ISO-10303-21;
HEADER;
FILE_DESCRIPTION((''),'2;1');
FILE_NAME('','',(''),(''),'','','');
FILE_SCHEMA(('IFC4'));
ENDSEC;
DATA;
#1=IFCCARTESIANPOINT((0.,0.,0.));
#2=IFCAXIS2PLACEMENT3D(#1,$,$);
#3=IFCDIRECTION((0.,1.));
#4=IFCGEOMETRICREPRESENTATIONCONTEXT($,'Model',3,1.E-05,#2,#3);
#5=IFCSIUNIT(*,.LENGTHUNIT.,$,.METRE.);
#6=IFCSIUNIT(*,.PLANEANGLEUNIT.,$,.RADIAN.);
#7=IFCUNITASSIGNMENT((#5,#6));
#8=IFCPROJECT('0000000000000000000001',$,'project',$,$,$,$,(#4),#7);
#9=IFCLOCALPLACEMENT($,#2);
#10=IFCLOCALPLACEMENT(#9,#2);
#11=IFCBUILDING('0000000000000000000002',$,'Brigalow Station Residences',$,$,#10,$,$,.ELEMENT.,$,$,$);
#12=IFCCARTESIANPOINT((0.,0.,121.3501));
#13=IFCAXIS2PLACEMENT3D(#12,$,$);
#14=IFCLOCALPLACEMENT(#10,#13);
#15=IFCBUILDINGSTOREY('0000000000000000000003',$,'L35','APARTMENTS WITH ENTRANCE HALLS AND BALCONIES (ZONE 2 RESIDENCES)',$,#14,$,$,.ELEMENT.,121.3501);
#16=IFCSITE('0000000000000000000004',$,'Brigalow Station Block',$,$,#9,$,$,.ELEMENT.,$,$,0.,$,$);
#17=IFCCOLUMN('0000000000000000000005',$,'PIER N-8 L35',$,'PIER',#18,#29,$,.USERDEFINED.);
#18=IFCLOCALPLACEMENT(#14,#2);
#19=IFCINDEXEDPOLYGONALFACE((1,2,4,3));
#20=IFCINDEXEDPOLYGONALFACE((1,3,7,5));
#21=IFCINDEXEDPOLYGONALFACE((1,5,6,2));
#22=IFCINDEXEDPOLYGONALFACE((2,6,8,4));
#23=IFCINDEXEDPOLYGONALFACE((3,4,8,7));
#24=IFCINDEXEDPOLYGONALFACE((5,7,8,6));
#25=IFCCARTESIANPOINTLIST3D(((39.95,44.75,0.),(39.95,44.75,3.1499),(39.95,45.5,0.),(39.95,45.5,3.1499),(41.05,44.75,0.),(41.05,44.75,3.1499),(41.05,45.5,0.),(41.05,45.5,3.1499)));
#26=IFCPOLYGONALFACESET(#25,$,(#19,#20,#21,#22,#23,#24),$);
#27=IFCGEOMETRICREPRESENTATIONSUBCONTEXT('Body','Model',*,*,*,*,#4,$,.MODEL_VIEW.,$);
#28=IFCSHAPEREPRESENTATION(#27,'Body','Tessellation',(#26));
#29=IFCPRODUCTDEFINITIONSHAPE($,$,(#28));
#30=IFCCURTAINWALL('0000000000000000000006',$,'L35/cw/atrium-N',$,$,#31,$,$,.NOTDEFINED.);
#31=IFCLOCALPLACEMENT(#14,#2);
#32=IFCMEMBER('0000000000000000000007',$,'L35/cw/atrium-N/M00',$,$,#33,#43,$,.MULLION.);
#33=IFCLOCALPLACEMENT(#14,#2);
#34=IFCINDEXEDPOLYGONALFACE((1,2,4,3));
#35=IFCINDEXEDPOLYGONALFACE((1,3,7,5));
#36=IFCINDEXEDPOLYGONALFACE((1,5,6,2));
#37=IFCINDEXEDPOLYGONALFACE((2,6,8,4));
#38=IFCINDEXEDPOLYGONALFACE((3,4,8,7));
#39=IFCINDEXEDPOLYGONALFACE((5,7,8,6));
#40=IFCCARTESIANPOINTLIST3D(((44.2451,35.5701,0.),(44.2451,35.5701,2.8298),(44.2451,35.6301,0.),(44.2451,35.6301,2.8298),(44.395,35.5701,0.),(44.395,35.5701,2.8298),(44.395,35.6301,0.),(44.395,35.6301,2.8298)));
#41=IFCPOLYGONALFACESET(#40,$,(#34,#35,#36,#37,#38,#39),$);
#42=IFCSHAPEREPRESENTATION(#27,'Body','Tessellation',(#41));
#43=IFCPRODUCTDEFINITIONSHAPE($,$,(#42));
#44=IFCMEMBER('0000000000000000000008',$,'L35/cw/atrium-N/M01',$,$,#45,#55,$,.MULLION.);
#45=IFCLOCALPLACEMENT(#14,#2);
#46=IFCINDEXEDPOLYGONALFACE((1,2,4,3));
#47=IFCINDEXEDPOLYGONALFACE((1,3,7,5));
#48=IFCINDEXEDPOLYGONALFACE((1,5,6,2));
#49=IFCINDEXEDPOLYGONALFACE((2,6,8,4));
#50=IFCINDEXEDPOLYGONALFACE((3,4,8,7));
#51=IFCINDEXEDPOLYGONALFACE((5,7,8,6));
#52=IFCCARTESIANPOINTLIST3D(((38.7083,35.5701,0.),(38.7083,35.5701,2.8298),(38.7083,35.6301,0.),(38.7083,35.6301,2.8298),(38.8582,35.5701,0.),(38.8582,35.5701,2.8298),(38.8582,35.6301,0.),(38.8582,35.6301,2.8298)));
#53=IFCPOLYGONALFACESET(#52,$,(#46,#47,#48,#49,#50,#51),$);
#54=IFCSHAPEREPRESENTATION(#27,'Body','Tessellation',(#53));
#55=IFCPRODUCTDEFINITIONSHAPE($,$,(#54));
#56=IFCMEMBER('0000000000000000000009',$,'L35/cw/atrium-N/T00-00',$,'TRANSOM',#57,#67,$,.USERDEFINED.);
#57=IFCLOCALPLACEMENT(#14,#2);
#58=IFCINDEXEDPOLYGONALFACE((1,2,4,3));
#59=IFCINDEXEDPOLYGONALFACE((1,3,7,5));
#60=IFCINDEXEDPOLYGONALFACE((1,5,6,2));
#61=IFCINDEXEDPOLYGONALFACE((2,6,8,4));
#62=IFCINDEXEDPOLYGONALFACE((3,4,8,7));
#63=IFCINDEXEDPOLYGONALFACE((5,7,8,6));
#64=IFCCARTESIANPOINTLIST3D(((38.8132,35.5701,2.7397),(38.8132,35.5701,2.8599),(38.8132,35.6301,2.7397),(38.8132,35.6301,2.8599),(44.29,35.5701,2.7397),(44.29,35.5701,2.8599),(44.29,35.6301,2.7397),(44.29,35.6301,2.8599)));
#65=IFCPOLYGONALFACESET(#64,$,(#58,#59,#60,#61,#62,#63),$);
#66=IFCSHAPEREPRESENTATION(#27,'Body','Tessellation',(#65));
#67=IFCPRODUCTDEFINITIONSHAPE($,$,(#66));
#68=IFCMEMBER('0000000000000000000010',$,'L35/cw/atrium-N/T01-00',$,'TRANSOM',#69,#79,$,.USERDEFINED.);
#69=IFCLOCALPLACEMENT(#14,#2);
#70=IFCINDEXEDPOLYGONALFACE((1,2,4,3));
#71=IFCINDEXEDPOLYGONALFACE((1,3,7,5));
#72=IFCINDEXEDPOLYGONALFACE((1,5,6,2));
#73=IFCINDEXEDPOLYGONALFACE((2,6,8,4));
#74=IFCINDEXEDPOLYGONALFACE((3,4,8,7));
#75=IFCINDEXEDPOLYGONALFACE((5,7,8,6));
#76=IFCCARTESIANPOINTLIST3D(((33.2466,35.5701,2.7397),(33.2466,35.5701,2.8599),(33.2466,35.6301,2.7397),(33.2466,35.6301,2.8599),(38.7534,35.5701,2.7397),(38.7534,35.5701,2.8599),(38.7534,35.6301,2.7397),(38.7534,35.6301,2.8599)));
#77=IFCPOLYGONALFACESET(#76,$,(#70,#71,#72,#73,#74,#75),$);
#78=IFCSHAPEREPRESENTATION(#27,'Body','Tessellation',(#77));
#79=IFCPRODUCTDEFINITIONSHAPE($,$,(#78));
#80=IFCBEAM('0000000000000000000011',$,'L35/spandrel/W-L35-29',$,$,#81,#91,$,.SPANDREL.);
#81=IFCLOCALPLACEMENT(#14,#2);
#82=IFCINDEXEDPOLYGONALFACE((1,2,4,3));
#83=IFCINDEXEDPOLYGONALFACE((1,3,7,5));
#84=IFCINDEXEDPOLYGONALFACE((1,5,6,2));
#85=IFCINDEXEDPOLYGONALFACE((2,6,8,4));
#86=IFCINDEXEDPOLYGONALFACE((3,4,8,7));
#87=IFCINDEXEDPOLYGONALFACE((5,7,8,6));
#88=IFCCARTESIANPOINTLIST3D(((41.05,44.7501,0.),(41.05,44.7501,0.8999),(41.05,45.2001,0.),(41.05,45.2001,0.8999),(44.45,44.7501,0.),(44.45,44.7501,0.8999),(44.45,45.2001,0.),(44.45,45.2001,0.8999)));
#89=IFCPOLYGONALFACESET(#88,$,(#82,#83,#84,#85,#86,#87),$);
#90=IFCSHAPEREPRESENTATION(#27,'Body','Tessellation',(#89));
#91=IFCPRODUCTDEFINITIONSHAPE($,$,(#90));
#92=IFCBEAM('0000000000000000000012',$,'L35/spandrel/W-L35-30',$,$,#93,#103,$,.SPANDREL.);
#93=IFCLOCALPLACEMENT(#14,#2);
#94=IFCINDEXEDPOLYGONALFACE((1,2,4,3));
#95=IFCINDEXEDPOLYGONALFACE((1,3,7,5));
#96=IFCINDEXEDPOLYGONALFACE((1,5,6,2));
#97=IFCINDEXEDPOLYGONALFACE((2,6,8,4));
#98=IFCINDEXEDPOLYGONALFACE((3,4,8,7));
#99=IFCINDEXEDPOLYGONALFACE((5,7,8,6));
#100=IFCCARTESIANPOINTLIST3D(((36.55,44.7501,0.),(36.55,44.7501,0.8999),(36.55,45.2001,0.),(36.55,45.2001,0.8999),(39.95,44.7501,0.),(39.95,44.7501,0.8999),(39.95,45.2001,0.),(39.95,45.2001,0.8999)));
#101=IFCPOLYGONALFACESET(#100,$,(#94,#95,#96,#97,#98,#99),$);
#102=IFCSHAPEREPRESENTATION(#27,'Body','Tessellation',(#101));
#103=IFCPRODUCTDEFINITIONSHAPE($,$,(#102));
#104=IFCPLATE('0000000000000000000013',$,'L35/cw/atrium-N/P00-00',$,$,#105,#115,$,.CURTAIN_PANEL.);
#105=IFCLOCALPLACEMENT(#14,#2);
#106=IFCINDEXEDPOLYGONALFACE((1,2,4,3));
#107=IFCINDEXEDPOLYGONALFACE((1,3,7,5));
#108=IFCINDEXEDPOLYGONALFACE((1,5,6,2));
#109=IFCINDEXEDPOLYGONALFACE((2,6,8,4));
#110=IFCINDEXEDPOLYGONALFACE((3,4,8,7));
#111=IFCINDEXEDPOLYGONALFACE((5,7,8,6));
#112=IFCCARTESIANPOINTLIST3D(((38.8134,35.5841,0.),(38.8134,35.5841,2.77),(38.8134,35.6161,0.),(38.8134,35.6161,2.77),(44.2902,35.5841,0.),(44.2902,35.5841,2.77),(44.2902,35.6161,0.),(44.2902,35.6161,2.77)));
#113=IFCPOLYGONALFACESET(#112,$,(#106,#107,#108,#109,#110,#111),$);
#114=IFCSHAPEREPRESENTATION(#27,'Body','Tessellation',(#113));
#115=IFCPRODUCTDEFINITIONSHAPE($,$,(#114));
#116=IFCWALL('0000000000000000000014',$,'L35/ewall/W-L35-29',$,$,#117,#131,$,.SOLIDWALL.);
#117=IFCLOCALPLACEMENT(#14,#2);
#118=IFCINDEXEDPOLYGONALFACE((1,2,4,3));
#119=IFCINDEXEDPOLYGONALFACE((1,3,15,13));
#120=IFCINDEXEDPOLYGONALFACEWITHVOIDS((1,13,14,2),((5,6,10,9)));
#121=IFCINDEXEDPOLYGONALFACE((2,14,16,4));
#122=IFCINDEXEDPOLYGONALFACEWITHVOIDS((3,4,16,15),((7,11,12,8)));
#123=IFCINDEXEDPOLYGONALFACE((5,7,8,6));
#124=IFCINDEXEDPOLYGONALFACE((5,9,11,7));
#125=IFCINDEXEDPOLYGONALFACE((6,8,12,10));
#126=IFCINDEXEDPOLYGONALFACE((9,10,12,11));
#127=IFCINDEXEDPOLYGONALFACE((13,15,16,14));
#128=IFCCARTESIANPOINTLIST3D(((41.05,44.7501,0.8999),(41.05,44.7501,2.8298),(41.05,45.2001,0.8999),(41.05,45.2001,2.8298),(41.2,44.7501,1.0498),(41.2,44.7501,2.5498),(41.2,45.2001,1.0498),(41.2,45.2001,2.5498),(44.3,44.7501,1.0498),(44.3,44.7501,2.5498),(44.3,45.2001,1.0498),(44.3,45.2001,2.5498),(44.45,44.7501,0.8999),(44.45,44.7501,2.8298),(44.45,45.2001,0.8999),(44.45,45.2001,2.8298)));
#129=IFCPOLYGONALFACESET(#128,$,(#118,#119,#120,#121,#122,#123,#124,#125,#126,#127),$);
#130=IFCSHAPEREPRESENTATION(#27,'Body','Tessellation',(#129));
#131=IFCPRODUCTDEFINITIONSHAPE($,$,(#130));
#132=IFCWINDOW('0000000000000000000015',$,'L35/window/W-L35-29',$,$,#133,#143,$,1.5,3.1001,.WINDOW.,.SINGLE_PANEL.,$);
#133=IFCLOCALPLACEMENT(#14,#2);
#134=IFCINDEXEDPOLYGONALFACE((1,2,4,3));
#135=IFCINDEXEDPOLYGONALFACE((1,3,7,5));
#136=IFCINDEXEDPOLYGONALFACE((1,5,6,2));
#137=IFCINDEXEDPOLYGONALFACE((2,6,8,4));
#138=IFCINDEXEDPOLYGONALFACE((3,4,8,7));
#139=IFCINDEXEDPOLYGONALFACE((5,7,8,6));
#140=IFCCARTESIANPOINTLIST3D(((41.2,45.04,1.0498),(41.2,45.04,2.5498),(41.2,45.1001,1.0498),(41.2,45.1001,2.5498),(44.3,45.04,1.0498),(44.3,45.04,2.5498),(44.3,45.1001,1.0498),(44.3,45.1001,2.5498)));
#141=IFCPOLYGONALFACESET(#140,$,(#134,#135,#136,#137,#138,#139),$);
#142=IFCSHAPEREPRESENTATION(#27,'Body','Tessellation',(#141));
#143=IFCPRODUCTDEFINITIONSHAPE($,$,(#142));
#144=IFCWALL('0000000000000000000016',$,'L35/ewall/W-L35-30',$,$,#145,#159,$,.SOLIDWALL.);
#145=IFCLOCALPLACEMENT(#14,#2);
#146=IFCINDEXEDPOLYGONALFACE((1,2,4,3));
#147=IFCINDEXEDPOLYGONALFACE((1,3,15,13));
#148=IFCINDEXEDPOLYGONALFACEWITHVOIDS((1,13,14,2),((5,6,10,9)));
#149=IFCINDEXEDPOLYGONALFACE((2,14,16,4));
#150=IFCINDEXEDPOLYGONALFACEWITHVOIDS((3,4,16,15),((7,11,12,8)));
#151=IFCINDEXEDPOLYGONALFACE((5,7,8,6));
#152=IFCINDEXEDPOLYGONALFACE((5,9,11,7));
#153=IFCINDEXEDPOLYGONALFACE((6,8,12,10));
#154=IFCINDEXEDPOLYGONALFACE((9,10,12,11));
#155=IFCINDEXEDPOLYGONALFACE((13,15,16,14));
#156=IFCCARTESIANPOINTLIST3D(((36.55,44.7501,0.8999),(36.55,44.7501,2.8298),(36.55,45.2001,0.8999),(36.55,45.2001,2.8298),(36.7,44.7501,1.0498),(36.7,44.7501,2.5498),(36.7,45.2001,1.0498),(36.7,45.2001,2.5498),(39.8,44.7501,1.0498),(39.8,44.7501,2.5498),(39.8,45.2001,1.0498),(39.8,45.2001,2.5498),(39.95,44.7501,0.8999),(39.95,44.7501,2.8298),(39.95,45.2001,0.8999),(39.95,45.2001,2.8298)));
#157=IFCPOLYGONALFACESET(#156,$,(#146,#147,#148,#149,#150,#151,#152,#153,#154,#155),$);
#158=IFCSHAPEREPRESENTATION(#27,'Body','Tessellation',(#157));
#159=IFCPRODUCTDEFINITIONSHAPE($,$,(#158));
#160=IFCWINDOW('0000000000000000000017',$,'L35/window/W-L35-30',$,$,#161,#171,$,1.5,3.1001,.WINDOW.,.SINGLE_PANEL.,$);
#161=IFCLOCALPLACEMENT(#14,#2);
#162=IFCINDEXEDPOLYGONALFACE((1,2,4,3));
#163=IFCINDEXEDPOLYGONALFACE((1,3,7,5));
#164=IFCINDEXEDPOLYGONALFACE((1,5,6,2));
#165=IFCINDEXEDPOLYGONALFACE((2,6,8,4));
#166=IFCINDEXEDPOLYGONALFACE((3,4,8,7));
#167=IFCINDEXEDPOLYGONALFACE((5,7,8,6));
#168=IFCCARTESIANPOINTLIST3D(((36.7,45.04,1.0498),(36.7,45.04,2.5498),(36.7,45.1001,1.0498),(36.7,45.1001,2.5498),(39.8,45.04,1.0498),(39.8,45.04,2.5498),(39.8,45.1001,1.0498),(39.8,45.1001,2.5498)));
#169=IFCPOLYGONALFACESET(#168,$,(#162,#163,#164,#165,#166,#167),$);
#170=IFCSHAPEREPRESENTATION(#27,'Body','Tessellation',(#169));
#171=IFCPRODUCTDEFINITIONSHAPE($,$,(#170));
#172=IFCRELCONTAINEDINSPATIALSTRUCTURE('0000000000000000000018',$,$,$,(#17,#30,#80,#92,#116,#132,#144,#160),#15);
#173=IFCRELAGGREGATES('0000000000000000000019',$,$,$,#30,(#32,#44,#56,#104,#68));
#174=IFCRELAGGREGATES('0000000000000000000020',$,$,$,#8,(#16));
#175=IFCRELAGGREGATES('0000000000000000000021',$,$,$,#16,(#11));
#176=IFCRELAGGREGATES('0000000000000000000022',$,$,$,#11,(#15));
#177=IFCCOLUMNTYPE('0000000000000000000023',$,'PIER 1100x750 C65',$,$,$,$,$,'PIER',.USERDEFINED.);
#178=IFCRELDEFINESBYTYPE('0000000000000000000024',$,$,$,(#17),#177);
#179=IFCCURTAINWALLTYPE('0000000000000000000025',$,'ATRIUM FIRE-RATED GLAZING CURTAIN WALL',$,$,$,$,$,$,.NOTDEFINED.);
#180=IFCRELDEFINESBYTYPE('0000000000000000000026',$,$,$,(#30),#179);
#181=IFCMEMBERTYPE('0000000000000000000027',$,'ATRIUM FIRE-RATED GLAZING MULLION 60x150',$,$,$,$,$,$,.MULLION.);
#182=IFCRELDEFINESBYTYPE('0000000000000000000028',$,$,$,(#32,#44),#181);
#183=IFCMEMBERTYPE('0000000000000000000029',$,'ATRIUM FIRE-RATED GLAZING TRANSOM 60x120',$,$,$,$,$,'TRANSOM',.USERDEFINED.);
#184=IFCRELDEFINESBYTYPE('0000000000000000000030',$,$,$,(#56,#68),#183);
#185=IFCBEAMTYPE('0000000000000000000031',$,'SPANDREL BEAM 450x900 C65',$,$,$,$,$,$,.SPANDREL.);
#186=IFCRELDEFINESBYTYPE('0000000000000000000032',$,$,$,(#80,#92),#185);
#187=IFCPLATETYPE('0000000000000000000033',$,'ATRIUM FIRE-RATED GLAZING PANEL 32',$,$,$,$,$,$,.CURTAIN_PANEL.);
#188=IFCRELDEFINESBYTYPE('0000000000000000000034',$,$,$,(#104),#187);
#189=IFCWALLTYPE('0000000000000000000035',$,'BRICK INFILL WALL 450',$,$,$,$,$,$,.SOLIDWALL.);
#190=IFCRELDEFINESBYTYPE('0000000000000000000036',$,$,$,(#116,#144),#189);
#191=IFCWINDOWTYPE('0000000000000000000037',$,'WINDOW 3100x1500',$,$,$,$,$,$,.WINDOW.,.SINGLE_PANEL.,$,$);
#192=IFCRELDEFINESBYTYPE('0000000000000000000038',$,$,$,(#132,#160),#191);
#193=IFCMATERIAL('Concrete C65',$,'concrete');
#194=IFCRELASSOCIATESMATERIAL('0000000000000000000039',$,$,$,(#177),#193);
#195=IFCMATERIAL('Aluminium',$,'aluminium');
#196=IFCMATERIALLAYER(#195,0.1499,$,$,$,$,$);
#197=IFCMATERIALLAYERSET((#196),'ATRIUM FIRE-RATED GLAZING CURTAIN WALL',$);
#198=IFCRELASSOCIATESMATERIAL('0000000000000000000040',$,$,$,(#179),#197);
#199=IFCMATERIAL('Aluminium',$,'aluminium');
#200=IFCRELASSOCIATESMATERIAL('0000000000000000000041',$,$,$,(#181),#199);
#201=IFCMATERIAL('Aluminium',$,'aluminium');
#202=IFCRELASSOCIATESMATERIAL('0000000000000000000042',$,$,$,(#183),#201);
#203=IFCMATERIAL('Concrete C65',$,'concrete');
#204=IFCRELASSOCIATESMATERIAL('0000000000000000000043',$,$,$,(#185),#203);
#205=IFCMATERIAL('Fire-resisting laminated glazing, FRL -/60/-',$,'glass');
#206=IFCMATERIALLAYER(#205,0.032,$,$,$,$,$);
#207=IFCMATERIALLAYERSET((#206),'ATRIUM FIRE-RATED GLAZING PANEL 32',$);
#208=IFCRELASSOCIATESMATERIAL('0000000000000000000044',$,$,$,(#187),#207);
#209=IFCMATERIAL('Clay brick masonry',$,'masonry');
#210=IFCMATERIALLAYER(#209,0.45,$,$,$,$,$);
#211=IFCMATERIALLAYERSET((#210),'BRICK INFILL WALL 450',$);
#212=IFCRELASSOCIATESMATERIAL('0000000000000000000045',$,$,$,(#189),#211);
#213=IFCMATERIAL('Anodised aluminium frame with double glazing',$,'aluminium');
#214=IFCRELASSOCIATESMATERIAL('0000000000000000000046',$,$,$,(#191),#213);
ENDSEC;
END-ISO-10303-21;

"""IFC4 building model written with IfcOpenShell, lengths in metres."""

from ifc_helpers import new_model, si_unit, direction, frame, frame_2d, origin, origin_2d, place, context, subcontext, project, spatial, rectangle, extrude, material, layer, layer_set, material_profile, profile_set, type_object, element, fill, aggregate, save


model = new_model("IFC4")

# Units and contexts
model_context = context("Model", 3, precision=1e-05, world=origin(), true_north=direction((0.0, 1.0)))
body_context = subcontext(model_context, "Body", "Model", "MODEL_VIEW")
ifc_project = project(units=[si_unit("LENGTHUNIT", "METRE"), si_unit("PLANEANGLEUNIT", "RADIAN")], contexts=[model_context])

# Site, building, storey
site_placement = place(None, origin())
site = spatial("IfcSite", under=ifc_project, at=site_placement, Name="Brigalow Station Block", CompositionType="ELEMENT", RefElevation=0.0)
building_placement = place(site_placement, origin())
building = spatial("IfcBuilding", under=site, at=building_placement, Name="Brigalow Station Residences", CompositionType="ELEMENT")
storey_placement = place(building_placement, frame((0.0, 0.0, 121.3501)))
storey = spatial("IfcBuildingStorey", under=building, at=storey_placement, Name="L35", Description="APARTMENTS WITH ENTRANCE HALLS AND BALCONIES (ZONE 2 RESIDENCES)", CompositionType="ELEMENT", Elevation=121.3501)

# Column
ifc_material_1 = material(Name="Concrete C65", Category="concrete")
ifc_material_profile_1 = material_profile(ifc_material_1, rectangle(XDim=1.1001, YDim=0.75, at=origin_2d()), Name="RC1100x750")
ifc_profile_set_1 = profile_set([ifc_material_profile_1], Name="Concrete C65")
column_type = type_object("IfcColumnType", Name="PIER 1100x750 C65", ElementType="PIER", PredefinedType="USERDEFINED", material=ifc_profile_set_1)
column_placement = place(storey_placement, frame((40.5, 45.125, 0.0), z_axis=(0.0, 0.0, 1.0), x_axis=(-1.0, 0.0, 0.0)))
element("IfcColumn", 1, at=column_placement, inside=storey, type_object=column_type, Name="PIER N-8 L35", ObjectType="PIER", PredefinedType="USERDEFINED", context=body_context, shape_type="SweptSolid", body=[
    extrude(rectangle(XDim=1.1001, YDim=0.75, at=origin_2d()), origin(), (0.0, 0.0, 1.0), 3.1499),
])

# Curtain wall, members
ifc_material_2 = material(Name="Aluminium", Category="aluminium")
ifc_layer_1 = layer(ifc_material_2, 0.1499)
ifc_layer_set_1 = layer_set([ifc_layer_1], Name="ATRIUM FIRE-RATED GLAZING CURTAIN WALL")
curtain_wall_type = type_object("IfcCurtainWallType", Name="ATRIUM FIRE-RATED GLAZING CURTAIN WALL", PredefinedType="NOTDEFINED", material=ifc_layer_set_1)
curtain_wall_placement = place(storey_placement, origin())
curtain_wall = element("IfcCurtainWall", 2, at=curtain_wall_placement, inside=storey, type_object=curtain_wall_type, Name="L35/cw/atrium-N", PredefinedType="NOTDEFINED")
ifc_material_3 = material(Name="Aluminium", Category="aluminium")
ifc_material_profile_2 = material_profile(ifc_material_3, rectangle(XDim=0.0601, YDim=0.1499, at=origin_2d()), Name="ATRIUM FIRE-RATED GLAZING MULLION 60x150")
ifc_profile_set_2 = profile_set([ifc_material_profile_2], Name="Aluminium")
member_type_1 = type_object("IfcMemberType", Name="ATRIUM FIRE-RATED GLAZING MULLION 60x150", PredefinedType="MULLION", material=ifc_profile_set_2)
member_1_placement = place(storey_placement, frame((44.3201, 35.6001, 0.0), z_axis=(0.0, 0.0, 1.0), x_axis=(0.0, -1.0, 0.0)))
member_1 = element("IfcMember", 3, at=member_1_placement, type_object=member_type_1, Name="L35/cw/atrium-N/M00", PredefinedType="MULLION", context=body_context, shape_type="SweptSolid", body=[
    extrude(rectangle(XDim=0.0601, YDim=0.1499, at=origin_2d()), origin(), (0.0, 0.0, 1.0), 2.8298),
])
member_2_placement = place(storey_placement, frame((38.7832, 35.6001, 0.0), z_axis=(0.0, 0.0, 1.0), x_axis=(0.0, -1.0, 0.0)))
member_2 = element("IfcMember", 4, at=member_2_placement, type_object=member_type_1, Name="L35/cw/atrium-N/M01", PredefinedType="MULLION", context=body_context, shape_type="SweptSolid", body=[
    extrude(rectangle(XDim=0.0601, YDim=0.1499, at=origin_2d()), origin(), (0.0, 0.0, 1.0), 2.8298),
])
ifc_material_4 = material(Name="Aluminium", Category="aluminium")
ifc_material_profile_3 = material_profile(ifc_material_4, rectangle(XDim=0.0601, YDim=0.1201, at=origin_2d()), Name="ATRIUM FIRE-RATED GLAZING TRANSOM 60x120")
ifc_profile_set_3 = profile_set([ifc_material_profile_3], Name="Aluminium")
member_type_2 = type_object("IfcMemberType", Name="ATRIUM FIRE-RATED GLAZING TRANSOM 60x120", ElementType="TRANSOM", PredefinedType="USERDEFINED", material=ifc_profile_set_3)
member_3_placement = place(storey_placement, frame((44.29, 35.6001, 2.7998), z_axis=(-1.0, 0.0, 0.0), x_axis=(0.0, -1.0, 0.0)))
member_3 = element("IfcMember", 5, at=member_3_placement, type_object=member_type_2, Name="L35/cw/atrium-N/T00-00", ObjectType="TRANSOM", PredefinedType="USERDEFINED", context=body_context, shape_type="SweptSolid", body=[
    extrude(rectangle(XDim=0.0601, YDim=0.1201, at=origin_2d()), origin(), (0.0, 0.0, 1.0), 5.4768),
])
member_4_placement = place(storey_placement, frame((38.7534, 35.6001, 2.7998), z_axis=(-1.0, 0.0, 0.0), x_axis=(0.0, -1.0, 0.0)))
member_4 = element("IfcMember", 6, at=member_4_placement, type_object=member_type_2, Name="L35/cw/atrium-N/T01-00", ObjectType="TRANSOM", PredefinedType="USERDEFINED", context=body_context, shape_type="SweptSolid", body=[
    extrude(rectangle(XDim=0.0601, YDim=0.1201, at=origin_2d()), origin(), (0.0, 0.0, 1.0), 5.5068),
])

# Beams
ifc_material_5 = material(Name="Concrete C65", Category="concrete")
ifc_material_profile_4 = material_profile(ifc_material_5, rectangle(XDim=0.45, YDim=0.8999, at=origin_2d()), Name="RC450x900")
ifc_profile_set_4 = profile_set([ifc_material_profile_4], Name="Concrete C65")
beam_type = type_object("IfcBeamType", Name="SPANDREL BEAM 450x900 C65", PredefinedType="SPANDREL", material=ifc_profile_set_4)
for number, where, z_axis, x_axis, name in (
    (7, (44.45, 44.9751, 0.45), (-1.0, 0.0, 0.0), (0.0, -1.0, 0.0), "L35/spandrel/W-L35-29"),
    (8, (39.95, 44.9751, 0.45), (-1.0, 0.0, 0.0), (0.0, -1.0, 0.0), "L35/spandrel/W-L35-30"),
):
    element("IfcBeam", number, at=place(storey_placement, frame(where, z_axis=z_axis, x_axis=x_axis)), inside=storey, type_object=beam_type, Name=name, PredefinedType="SPANDREL", context=body_context, shape_type="SweptSolid", body=[
        extrude(rectangle(XDim=0.45, YDim=0.8999, at=origin_2d()), origin(), (0.0, 0.0, 1.0), 3.3999),
    ])

# Plate
ifc_material_6 = material(Name="Fire-resisting laminated glazing, FRL -/60/-", Category="glass")
ifc_layer_2 = layer(ifc_material_6, 0.032)
ifc_layer_set_2 = layer_set([ifc_layer_2], Name="ATRIUM FIRE-RATED GLAZING PANEL 32")
plate_type = type_object("IfcPlateType", Name="ATRIUM FIRE-RATED GLAZING PANEL 32", PredefinedType="CURTAIN_PANEL", material=ifc_layer_set_2)
plate_placement = place(storey_placement, frame((41.5518, 35.6001, 0.0), z_axis=(0.0, 0.0, 1.0), x_axis=(-1.0, 0.0, 0.0)))
plate = element("IfcPlate", 9, at=plate_placement, type_object=plate_type, Name="L35/cw/atrium-N/P00-00", PredefinedType="CURTAIN_PANEL", context=body_context, shape_type="SweptSolid", body=[
    extrude(rectangle(XDim=5.4768, YDim=0.032, at=origin_2d()), origin(), (0.0, 0.0, 1.0), 2.77),
])
aggregate(curtain_wall, [member_1, member_2, member_3, plate, member_4])

# Walls, openings, windows
ifc_material_7 = material(Name="Clay brick masonry", Category="masonry")
ifc_layer_3 = layer(ifc_material_7, 0.45)
ifc_layer_set_3 = layer_set([ifc_layer_3], Name="BRICK INFILL WALL 450")
wall_type = type_object("IfcWallType", Name="BRICK INFILL WALL 450", PredefinedType="SOLIDWALL", material=ifc_layer_set_3)
wall_1_placement = place(storey_placement, frame((44.45, 44.9751, 0.8999), z_axis=(0.0, 0.0, 1.0), x_axis=(-1.0, 0.0, 0.0)))
wall_1 = element("IfcWall", 10, at=wall_1_placement, inside=storey, type_object=wall_type, Name="L35/ewall/W-L35-29", PredefinedType="SOLIDWALL", context=body_context, shape_type="SweptSolid", body=[
    extrude(rectangle(XDim=3.3999, YDim=0.45, at=frame_2d((1.7, 0.0))), origin(), (0.0, 0.0, 1.0), 1.9299),
])
opening_1_placement = place(wall_1_placement, frame((0.1499, 0.0, 0.1499)))
opening_1 = element("IfcOpeningElement", 11, at=opening_1_placement, cuts=wall_1, PredefinedType="OPENING", context=body_context, shape_type="SweptSolid", body=[
    extrude(rectangle(XDim=3.1001, YDim=1.5, at=frame_2d((1.55, 0.75))), frame((0.0, 0.2349, 0.0), z_axis=(0.0, -1.0, 0.0), x_axis=(1.0, 0.0, 0.0)), (0.0, 0.0, 1.0), 0.47),
])
ifc_material_8 = material(Name="Anodised aluminium frame with double glazing", Category="aluminium")
window_type = type_object("IfcWindowType", Name="WINDOW 3100x1500", PartitioningType="SINGLE_PANEL", PredefinedType="WINDOW", material=ifc_material_8)
window_1_placement = place(opening_1_placement, origin())
window_1 = element("IfcWindow", 12, at=window_1_placement, inside=storey, type_object=window_type, Name="L35/window/W-L35-29", OverallHeight=1.5, OverallWidth=3.1001, PartitioningType="SINGLE_PANEL", PredefinedType="WINDOW", context=body_context, shape_type="SweptSolid", body=[
    extrude(rectangle(XDim=3.1001, YDim=1.5, at=frame_2d((1.55, 0.75))), frame((0.0, -0.0649, 0.0), z_axis=(0.0, -1.0, 0.0), x_axis=(1.0, 0.0, 0.0)), (0.0, 0.0, 1.0), 0.0601),
])
fill(opening_1, window_1)
wall_2_placement = place(storey_placement, frame((39.95, 44.9751, 0.8999), z_axis=(0.0, 0.0, 1.0), x_axis=(-1.0, 0.0, 0.0)))
wall_2 = element("IfcWall", 13, at=wall_2_placement, inside=storey, type_object=wall_type, Name="L35/ewall/W-L35-30", PredefinedType="SOLIDWALL", context=body_context, shape_type="SweptSolid", body=[
    extrude(rectangle(XDim=3.3999, YDim=0.45, at=frame_2d((1.7, 0.0))), origin(), (0.0, 0.0, 1.0), 1.9299),
])
opening_2_placement = place(wall_2_placement, frame((0.1499, 0.0, 0.1499)))
opening_2 = element("IfcOpeningElement", 14, at=opening_2_placement, cuts=wall_2, PredefinedType="OPENING", context=body_context, shape_type="SweptSolid", body=[
    extrude(rectangle(XDim=3.1001, YDim=1.5, at=frame_2d((1.55, 0.75))), frame((0.0, 0.2349, 0.0), z_axis=(0.0, -1.0, 0.0), x_axis=(1.0, 0.0, 0.0)), (0.0, 0.0, 1.0), 0.47),
])
window_2_placement = place(opening_2_placement, origin())
window_2 = element("IfcWindow", 15, at=window_2_placement, inside=storey, type_object=window_type, Name="L35/window/W-L35-30", OverallHeight=1.5, OverallWidth=3.1001, PartitioningType="SINGLE_PANEL", PredefinedType="WINDOW", context=body_context, shape_type="SweptSolid", body=[
    extrude(rectangle(XDim=3.1001, YDim=1.5, at=frame_2d((1.55, 0.75))), frame((0.0, -0.0649, 0.0), z_axis=(0.0, -1.0, 0.0), x_axis=(1.0, 0.0, 0.0)), (0.0, 0.0, 1.0), 0.0601),
])
fill(opening_2, window_2)

save(model, "model.ifc")
